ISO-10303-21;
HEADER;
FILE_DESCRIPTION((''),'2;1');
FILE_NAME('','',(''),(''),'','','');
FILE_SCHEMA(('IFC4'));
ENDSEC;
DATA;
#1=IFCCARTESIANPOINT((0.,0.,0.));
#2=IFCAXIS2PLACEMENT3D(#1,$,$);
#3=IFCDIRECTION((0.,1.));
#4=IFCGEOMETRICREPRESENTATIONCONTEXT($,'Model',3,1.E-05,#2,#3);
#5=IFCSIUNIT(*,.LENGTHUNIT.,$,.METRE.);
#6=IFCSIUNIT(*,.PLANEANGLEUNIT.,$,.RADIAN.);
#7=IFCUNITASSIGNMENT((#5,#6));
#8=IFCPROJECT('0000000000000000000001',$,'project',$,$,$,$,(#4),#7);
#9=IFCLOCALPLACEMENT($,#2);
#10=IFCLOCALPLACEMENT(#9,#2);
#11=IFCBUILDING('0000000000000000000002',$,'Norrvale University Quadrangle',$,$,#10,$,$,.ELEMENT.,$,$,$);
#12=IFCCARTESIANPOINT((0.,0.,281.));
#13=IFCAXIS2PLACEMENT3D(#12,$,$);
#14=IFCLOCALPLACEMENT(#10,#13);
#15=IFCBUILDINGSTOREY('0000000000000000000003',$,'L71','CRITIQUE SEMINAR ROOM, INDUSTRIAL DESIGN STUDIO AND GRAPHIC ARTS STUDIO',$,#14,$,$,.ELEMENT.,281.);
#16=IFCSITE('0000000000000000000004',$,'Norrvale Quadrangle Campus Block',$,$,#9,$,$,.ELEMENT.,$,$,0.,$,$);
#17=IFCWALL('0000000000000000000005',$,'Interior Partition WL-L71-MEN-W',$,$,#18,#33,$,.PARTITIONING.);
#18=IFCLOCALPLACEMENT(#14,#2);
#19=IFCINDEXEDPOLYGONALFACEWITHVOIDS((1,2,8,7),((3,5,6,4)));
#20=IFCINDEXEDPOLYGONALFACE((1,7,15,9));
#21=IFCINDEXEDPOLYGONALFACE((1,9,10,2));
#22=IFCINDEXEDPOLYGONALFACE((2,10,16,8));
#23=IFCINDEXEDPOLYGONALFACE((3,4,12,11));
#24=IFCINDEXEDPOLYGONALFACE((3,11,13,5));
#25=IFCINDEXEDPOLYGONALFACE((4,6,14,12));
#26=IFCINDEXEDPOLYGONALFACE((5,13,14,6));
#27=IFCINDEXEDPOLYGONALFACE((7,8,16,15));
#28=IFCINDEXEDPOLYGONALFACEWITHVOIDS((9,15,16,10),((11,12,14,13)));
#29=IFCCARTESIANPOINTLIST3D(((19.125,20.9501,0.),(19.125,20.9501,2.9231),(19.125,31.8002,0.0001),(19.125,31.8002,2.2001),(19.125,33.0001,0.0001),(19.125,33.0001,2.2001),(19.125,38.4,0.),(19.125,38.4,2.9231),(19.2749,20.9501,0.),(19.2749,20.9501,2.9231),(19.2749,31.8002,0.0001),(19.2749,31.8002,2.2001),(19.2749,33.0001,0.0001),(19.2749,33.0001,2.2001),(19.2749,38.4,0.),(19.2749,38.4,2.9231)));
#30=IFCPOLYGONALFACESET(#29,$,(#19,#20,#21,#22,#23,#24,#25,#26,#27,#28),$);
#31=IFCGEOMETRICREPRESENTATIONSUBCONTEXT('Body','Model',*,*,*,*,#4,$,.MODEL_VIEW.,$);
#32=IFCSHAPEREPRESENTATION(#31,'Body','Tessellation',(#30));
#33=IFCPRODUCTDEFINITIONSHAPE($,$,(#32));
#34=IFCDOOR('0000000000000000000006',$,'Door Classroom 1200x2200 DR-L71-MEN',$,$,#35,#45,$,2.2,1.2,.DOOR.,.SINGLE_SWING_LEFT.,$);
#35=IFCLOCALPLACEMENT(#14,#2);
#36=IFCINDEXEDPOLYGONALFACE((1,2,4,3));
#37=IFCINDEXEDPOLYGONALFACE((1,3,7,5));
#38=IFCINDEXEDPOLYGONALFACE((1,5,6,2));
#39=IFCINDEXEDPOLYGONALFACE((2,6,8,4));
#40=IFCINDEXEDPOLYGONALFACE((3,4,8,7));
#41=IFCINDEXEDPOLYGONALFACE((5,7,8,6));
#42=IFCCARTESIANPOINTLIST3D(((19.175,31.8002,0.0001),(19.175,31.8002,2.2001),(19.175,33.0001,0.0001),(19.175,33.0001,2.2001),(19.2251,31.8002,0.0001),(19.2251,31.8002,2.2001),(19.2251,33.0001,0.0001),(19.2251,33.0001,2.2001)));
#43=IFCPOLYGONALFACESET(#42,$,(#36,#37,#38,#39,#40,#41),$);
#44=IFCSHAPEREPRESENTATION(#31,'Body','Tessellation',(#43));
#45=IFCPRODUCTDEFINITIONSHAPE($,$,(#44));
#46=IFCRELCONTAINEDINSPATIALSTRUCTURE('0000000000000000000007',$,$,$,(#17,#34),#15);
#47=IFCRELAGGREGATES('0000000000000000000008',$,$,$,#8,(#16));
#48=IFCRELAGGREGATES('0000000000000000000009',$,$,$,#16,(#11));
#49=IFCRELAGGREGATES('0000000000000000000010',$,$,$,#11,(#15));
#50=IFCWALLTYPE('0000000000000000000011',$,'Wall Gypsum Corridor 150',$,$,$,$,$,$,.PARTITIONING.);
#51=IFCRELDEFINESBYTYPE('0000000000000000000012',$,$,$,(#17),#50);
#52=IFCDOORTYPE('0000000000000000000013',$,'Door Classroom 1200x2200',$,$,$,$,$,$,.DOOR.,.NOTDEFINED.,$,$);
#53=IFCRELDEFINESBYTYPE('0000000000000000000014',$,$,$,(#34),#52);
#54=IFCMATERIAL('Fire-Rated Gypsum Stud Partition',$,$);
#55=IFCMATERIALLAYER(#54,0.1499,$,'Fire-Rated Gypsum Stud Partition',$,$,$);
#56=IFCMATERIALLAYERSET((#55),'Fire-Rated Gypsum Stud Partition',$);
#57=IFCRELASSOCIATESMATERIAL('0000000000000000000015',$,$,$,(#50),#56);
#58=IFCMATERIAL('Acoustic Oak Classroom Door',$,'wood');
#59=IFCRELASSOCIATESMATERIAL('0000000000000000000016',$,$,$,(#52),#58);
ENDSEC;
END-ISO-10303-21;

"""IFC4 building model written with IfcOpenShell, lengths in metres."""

from ifc_helpers import new_model, si_unit, direction, frame, frame_2d, origin, place, context, subcontext, project, spatial, rectangle, extrude, material, layer, layer_set, type_object, element, fill, save


model = new_model("IFC4")

# Units and contexts
model_context = context("Model", 3, precision=1e-05, world=origin(), true_north=direction((0.0, 1.0)))
body_context = subcontext(model_context, "Body", "Model", "MODEL_VIEW")
ifc_project = project(units=[si_unit("LENGTHUNIT", "METRE"), si_unit("PLANEANGLEUNIT", "RADIAN")], contexts=[model_context])

# Site, building, storey
site_placement = place(None, origin())
site = spatial("IfcSite", under=ifc_project, at=site_placement, Name="Norrvale Quadrangle Campus Block", CompositionType="ELEMENT", RefElevation=0.0)
building_placement = place(site_placement, origin())
building = spatial("IfcBuilding", under=site, at=building_placement, Name="Norrvale University Quadrangle", CompositionType="ELEMENT")
storey_placement = place(building_placement, frame((0.0, 0.0, 281.0)))
storey = spatial("IfcBuildingStorey", under=building, at=storey_placement, Name="L71", Description="CRITIQUE SEMINAR ROOM, INDUSTRIAL DESIGN STUDIO AND GRAPHIC ARTS STUDIO", CompositionType="ELEMENT", Elevation=281.0)

# Wall, opening, door
ifc_material_1 = material(Name="Fire-Rated Gypsum Stud Partition")
ifc_layer_1 = layer(ifc_material_1, 0.1499, Name="Fire-Rated Gypsum Stud Partition")
ifc_layer_set_1 = layer_set([ifc_layer_1], Name="Fire-Rated Gypsum Stud Partition")
wall_type_1 = type_object("IfcWallType", Name="Wall Gypsum Corridor 150", PredefinedType="PARTITIONING", material=ifc_layer_set_1)
wall_1_placement = place(storey_placement, frame((19.2, 20.95, 0.0), z_axis=(0.0, 0.0, 1.0), x_axis=(0.0, 1.0, 0.0)))
wall_1 = element("IfcWall", 1, at=wall_1_placement, inside=storey, type_object=wall_type_1, Name="Interior Partition WL-L71-MEN-W", PredefinedType="PARTITIONING", context=body_context, shape_type="SweptSolid", body=[
    extrude(rectangle(XDim=17.45, YDim=0.1499, at=frame_2d((8.7251, 0.0))), origin(), (0.0, 0.0, 1.0), 2.9231),
])
opening_1_placement = place(wall_1_placement, frame((10.8501, 0.0, 0.0)))
opening_1 = element("IfcOpeningElement", 2, at=opening_1_placement, cuts=wall_1, PredefinedType="OPENING", context=body_context, shape_type="SweptSolid", body=[
    extrude(rectangle(XDim=1.2, YDim=2.2, at=frame_2d((0.6001, 1.1001))), frame((0.0, 0.0869, 0.0), z_axis=(0.0, -1.0, 0.0), x_axis=(1.0, 0.0, 0.0)), (0.0, 0.0, 1.0), 0.1738),
])
ifc_material_2 = material(Name="Acoustic Oak Classroom Door", Category="wood")
door_type_1 = type_object("IfcDoorType", Name="Door Classroom 1200x2200", OperationType="NOTDEFINED", PredefinedType="DOOR", material=ifc_material_2)
door_1_placement = place(opening_1_placement, origin())
door_1 = element("IfcDoor", 3, at=door_1_placement, inside=storey, type_object=door_type_1, Name="Door Classroom 1200x2200 DR-L71-MEN", OperationType="SINGLE_SWING_LEFT", OverallHeight=2.2, OverallWidth=1.2, PredefinedType="DOOR", context=body_context, shape_type="SweptSolid", body=[
    extrude(rectangle(XDim=1.2, YDim=2.2, at=frame_2d((0.6001, 1.1001))), frame((0.0, 0.0249, 0.0), z_axis=(0.0, -1.0, 0.0), x_axis=(1.0, 0.0, 0.0)), (0.0, 0.0, 1.0), 0.05),
])
fill(opening_1, door_1)

save(model, "model.ifc")
